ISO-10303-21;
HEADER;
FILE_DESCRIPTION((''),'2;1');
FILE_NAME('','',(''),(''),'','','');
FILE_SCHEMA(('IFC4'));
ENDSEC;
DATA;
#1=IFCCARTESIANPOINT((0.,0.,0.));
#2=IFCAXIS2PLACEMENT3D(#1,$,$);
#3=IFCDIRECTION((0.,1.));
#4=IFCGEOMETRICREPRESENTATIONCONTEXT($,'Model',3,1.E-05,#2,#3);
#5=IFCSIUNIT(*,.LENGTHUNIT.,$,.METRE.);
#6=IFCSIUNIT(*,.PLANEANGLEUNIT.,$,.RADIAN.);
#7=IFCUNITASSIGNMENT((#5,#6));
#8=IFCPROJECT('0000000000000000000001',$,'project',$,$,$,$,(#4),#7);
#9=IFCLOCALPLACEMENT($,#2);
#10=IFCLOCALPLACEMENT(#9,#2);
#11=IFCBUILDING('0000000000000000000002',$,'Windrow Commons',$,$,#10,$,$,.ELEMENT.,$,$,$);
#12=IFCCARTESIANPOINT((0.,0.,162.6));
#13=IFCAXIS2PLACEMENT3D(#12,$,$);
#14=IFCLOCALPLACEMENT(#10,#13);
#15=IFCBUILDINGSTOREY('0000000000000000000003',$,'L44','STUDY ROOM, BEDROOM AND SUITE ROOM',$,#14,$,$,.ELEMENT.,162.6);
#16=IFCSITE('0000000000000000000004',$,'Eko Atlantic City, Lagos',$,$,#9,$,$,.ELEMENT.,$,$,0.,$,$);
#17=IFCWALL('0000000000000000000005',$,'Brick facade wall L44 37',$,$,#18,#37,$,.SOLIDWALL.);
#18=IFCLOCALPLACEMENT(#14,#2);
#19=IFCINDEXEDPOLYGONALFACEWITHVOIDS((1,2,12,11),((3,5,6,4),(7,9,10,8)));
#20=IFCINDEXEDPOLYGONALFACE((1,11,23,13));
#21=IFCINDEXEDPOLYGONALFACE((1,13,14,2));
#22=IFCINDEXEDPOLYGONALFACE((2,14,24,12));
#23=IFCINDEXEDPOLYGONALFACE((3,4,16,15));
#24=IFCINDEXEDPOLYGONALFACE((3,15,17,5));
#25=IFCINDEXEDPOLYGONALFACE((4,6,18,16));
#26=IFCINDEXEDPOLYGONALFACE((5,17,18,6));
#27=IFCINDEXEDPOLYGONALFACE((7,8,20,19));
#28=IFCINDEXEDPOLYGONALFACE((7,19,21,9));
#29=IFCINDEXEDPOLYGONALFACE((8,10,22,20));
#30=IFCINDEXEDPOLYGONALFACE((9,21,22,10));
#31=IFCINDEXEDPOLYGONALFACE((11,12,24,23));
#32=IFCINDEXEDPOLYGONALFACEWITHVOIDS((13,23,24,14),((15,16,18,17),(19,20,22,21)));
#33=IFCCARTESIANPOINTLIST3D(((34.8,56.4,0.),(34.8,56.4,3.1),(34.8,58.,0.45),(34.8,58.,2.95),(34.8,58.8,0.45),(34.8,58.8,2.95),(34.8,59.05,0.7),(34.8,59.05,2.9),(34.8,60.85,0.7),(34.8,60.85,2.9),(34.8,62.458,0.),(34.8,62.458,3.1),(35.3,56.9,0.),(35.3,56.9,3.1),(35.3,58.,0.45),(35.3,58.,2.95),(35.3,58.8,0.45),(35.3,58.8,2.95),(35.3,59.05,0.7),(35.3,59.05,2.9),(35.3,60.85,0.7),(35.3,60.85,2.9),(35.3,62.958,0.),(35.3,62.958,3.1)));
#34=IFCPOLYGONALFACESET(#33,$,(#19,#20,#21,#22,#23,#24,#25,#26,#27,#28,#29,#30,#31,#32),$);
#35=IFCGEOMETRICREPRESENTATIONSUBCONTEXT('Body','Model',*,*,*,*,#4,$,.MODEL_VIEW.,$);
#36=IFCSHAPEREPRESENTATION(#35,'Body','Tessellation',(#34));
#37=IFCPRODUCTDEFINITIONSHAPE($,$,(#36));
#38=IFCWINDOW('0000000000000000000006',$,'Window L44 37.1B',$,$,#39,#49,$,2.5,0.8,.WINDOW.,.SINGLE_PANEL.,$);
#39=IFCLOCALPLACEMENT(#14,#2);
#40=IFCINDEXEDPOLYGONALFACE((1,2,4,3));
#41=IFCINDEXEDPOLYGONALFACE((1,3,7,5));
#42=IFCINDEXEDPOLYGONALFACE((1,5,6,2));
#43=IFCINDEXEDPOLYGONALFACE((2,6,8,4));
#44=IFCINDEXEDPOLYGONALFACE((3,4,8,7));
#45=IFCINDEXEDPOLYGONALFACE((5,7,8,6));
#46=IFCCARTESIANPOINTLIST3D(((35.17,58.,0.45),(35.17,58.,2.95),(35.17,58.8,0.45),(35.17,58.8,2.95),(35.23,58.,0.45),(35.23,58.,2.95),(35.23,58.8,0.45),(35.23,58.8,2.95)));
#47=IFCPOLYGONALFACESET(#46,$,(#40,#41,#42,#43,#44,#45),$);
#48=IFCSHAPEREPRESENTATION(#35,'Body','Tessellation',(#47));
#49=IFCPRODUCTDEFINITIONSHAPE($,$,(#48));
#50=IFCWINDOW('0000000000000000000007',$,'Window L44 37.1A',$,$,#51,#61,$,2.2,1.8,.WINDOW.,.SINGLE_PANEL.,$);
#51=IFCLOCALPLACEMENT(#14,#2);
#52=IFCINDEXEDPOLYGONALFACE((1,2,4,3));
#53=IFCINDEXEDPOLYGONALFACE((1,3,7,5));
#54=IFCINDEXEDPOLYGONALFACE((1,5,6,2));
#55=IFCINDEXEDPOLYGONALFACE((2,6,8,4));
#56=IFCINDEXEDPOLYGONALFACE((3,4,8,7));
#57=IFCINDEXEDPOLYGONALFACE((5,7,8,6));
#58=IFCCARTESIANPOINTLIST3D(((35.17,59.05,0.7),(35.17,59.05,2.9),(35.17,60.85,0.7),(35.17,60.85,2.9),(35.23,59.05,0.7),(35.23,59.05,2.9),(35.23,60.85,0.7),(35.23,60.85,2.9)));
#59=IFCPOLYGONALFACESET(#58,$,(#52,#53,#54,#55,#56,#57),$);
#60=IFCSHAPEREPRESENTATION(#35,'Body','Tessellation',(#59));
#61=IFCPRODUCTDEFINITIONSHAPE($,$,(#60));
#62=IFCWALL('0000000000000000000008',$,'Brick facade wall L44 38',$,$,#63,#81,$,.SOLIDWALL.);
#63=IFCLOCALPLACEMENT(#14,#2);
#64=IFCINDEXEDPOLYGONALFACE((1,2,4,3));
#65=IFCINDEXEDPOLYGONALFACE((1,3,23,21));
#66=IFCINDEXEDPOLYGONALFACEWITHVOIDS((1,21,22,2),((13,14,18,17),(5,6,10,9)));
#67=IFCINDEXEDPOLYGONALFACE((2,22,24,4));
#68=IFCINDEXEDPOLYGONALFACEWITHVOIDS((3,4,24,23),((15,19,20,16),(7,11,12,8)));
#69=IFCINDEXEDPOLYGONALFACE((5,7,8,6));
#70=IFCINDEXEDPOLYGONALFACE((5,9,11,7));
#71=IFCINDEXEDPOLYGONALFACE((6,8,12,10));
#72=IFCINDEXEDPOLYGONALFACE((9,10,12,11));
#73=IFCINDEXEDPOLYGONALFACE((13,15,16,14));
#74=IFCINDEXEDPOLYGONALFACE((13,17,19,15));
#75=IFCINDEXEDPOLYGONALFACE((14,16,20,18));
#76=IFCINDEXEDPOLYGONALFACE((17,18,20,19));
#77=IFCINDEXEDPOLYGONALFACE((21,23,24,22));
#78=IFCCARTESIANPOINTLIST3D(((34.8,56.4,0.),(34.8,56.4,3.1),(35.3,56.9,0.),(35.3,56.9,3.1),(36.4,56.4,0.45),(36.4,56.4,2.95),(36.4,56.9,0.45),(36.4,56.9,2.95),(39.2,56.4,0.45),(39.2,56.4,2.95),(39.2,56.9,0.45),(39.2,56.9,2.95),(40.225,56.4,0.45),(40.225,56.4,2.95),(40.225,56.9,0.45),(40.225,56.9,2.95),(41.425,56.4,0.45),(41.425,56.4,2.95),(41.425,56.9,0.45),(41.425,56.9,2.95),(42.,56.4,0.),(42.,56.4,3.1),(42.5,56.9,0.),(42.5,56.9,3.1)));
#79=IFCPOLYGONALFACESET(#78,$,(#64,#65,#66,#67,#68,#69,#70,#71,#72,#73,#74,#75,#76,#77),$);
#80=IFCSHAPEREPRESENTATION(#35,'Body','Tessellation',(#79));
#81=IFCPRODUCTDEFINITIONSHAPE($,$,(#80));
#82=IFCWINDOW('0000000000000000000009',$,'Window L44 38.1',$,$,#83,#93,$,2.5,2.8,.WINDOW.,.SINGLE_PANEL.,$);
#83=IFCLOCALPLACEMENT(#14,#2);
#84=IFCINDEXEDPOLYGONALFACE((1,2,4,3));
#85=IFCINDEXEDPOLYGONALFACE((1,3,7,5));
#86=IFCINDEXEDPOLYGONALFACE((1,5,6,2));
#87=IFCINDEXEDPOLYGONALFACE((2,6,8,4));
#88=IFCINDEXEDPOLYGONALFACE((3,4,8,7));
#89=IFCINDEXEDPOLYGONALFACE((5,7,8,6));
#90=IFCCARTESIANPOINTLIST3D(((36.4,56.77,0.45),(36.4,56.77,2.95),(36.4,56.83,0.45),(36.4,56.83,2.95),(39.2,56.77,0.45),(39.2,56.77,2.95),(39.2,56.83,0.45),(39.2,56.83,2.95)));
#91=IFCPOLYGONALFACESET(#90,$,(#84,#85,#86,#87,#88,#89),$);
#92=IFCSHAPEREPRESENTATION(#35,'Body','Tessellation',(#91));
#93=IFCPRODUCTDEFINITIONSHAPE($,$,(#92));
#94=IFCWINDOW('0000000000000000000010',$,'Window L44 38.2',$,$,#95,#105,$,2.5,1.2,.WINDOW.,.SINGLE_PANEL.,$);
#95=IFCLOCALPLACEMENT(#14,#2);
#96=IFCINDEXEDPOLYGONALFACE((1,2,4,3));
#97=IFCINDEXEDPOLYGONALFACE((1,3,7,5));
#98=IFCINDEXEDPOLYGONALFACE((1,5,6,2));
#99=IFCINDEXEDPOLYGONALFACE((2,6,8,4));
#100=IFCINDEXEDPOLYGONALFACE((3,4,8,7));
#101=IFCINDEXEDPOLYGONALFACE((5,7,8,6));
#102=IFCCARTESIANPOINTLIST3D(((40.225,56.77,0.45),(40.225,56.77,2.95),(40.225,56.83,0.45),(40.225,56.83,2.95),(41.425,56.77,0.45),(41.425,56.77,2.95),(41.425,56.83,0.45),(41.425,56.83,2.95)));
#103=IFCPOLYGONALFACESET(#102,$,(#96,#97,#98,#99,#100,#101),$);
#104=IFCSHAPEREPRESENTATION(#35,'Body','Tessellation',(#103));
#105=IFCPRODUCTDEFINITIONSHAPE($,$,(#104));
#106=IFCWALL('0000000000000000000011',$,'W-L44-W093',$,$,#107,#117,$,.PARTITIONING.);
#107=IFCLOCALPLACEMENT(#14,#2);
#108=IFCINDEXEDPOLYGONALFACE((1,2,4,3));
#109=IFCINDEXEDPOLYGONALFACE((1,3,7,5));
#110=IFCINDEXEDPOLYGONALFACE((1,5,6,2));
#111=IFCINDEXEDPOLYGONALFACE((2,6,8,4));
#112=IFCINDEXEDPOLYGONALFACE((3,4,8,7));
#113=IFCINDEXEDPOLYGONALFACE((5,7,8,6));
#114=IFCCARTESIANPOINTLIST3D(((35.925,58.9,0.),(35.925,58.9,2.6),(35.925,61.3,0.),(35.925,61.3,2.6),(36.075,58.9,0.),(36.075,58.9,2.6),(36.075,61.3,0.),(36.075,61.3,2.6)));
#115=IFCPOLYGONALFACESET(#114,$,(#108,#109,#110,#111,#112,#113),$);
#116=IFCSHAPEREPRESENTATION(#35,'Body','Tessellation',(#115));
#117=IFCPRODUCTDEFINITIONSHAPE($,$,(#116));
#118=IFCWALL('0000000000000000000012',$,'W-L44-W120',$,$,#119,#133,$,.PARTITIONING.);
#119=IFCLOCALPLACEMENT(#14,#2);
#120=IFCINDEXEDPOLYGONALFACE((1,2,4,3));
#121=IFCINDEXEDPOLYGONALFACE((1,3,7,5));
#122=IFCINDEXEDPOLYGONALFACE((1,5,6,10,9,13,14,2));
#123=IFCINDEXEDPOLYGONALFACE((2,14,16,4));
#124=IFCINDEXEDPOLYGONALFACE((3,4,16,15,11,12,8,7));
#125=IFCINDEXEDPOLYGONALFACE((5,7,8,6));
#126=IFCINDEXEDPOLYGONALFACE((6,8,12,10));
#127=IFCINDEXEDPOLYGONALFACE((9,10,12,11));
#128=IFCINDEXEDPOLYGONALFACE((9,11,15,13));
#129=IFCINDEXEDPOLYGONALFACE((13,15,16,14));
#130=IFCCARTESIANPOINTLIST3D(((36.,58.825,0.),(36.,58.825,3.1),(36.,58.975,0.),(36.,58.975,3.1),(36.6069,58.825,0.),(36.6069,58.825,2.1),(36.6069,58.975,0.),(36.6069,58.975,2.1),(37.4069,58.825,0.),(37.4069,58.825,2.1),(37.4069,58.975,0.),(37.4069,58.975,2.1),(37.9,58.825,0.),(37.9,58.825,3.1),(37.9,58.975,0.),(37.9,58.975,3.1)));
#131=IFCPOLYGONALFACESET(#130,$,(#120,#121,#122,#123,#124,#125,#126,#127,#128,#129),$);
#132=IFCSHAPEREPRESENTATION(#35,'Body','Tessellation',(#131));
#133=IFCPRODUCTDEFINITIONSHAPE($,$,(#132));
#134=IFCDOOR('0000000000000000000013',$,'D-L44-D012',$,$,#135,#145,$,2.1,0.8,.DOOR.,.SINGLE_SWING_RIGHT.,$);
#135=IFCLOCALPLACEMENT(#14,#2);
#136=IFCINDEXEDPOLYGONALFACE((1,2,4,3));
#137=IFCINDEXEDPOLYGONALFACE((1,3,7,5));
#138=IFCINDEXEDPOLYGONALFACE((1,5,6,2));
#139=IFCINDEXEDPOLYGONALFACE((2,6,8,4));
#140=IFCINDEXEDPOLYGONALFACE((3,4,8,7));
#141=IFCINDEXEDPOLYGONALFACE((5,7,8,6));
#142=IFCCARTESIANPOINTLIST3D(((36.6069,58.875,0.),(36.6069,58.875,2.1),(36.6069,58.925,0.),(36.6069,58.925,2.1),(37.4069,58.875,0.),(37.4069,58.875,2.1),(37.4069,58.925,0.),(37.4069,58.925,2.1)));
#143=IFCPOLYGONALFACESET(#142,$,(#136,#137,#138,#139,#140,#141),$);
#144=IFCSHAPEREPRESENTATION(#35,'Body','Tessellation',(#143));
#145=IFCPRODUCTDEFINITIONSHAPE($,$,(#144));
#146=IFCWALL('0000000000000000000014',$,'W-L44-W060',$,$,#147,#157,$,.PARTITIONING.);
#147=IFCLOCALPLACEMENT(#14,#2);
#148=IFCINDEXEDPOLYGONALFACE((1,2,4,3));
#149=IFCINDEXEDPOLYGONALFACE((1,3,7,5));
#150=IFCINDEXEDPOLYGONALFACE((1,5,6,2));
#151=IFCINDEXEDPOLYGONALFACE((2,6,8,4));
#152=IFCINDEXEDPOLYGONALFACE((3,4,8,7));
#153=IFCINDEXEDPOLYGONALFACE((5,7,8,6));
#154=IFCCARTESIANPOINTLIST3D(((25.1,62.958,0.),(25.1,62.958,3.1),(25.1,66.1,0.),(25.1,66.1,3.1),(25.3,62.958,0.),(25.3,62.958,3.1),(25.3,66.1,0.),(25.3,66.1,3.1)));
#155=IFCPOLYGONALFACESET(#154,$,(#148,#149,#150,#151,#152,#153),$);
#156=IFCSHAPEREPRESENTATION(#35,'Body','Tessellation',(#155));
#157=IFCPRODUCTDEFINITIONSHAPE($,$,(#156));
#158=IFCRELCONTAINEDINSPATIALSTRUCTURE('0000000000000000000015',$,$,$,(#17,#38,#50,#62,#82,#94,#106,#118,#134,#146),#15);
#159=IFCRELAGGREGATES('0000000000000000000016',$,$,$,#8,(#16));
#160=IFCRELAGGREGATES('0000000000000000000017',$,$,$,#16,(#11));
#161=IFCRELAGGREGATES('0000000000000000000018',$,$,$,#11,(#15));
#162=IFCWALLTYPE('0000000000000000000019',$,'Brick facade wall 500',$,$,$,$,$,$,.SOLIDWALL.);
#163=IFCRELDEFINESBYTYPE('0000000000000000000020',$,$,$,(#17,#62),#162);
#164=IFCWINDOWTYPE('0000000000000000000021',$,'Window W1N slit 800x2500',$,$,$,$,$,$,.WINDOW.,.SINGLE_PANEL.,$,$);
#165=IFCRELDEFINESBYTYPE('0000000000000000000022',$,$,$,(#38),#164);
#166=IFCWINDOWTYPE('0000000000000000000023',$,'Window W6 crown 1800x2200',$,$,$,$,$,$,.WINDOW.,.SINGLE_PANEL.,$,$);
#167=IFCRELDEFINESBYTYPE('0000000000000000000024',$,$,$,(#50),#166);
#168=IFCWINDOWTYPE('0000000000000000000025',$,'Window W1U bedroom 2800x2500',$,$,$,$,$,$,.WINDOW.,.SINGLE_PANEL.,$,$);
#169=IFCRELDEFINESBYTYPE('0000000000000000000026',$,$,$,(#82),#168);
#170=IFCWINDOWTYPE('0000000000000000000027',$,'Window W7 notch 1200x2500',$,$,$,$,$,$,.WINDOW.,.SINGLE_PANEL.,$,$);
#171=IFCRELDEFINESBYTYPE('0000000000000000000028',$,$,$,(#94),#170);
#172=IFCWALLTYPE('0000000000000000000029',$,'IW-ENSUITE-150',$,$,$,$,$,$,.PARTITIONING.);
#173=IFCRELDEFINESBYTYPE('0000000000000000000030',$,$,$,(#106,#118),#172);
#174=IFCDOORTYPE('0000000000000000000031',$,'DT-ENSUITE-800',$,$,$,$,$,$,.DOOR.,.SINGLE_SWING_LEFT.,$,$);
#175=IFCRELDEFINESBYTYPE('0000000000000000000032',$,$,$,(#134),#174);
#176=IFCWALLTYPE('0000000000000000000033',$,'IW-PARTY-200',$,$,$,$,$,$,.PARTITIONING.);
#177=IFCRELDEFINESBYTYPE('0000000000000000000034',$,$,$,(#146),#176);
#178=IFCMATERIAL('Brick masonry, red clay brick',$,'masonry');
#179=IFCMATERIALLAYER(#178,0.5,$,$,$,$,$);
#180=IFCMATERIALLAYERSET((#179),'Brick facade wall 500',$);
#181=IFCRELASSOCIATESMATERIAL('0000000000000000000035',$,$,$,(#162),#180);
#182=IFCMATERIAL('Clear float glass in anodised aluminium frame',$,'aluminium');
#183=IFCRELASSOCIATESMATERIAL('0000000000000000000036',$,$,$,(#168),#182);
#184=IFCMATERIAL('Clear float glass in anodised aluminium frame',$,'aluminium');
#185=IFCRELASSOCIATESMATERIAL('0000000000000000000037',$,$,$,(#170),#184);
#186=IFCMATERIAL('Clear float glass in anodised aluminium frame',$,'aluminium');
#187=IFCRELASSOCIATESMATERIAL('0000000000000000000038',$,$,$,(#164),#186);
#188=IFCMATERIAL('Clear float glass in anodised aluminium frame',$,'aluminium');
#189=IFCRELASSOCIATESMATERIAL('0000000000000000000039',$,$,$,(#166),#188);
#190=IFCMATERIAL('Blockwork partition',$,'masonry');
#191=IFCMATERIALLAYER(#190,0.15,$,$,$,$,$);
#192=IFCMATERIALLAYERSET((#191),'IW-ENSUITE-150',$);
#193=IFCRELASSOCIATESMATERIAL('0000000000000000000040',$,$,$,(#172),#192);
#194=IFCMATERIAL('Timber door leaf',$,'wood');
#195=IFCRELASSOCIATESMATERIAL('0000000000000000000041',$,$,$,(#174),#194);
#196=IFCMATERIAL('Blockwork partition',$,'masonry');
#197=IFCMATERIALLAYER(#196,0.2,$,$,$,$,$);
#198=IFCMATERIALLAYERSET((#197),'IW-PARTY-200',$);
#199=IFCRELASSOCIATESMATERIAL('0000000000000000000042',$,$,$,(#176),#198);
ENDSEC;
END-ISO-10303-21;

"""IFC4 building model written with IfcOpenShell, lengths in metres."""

from ifc_helpers import new_model, si_unit, direction, frame, frame_2d, origin, place, context, subcontext, project, spatial, polyline, rectangle, outline, extrude, material, layer, layer_set, type_object, element, fill, save


model = new_model("IFC4")

# Units and contexts
model_context = context("Model", 3, precision=1e-05, world=origin(), true_north=direction((0.0, 1.0)))
body_context = subcontext(model_context, "Body", "Model", "MODEL_VIEW")
ifc_project = project(units=[si_unit("LENGTHUNIT", "METRE"), si_unit("PLANEANGLEUNIT", "RADIAN")], contexts=[model_context])

# Site, building, storey
site_placement = place(None, origin())
site = spatial("IfcSite", under=ifc_project, at=site_placement, Name="Eko Atlantic City, Lagos", CompositionType="ELEMENT", RefElevation=0.0)
building_placement = place(site_placement, origin())
building = spatial("IfcBuilding", under=site, at=building_placement, Name="Windrow Commons", CompositionType="ELEMENT")
storey_placement = place(building_placement, frame((0.0, 0.0, 162.6)))
storey = spatial("IfcBuildingStorey", under=building, at=storey_placement, Name="L44", Description="STUDY ROOM, BEDROOM AND SUITE ROOM", CompositionType="ELEMENT", Elevation=162.6)

# Walls, openings, windows
ifc_material_1 = material(Name="Brick masonry, red clay brick", Category="masonry")
ifc_layer_1 = layer(ifc_material_1, 0.5)
ifc_layer_set_1 = layer_set([ifc_layer_1], Name="Brick facade wall 500")
wall_type_1 = type_object("IfcWallType", Name="Brick facade wall 500", PredefinedType="SOLIDWALL", material=ifc_layer_set_1)
ifc_material_2 = material(Name="Clear float glass in anodised aluminium frame", Category="aluminium")
window_type_1 = type_object("IfcWindowType", Name="Window W1U bedroom 2800x2500", PartitioningType="SINGLE_PANEL", PredefinedType="WINDOW", material=ifc_material_2)
ifc_material_3 = material(Name="Clear float glass in anodised aluminium frame", Category="aluminium")
window_type_2 = type_object("IfcWindowType", Name="Window W7 notch 1200x2500", PartitioningType="SINGLE_PANEL", PredefinedType="WINDOW", material=ifc_material_3)
wall_1_placement = place(storey_placement, frame((35.05, 62.708, 0.0), z_axis=(0.0, 0.0, 1.0), x_axis=(0.0, -1.0, 0.0)))
wall_1 = element("IfcWall", 1, at=wall_1_placement, inside=storey, type_object=wall_type_1, Name="Brick facade wall L44 37", PredefinedType="SOLIDWALL", context=body_context, shape_type="SweptSolid", body=[
    extrude(outline(polyline([(0.25, -0.25), (6.308, -0.25), (5.808, 0.25), (-0.25, 0.25), (0.25, -0.25)])), origin(), (0.0, 0.0, 1.0), 3.1),
])
opening_1_placement = place(wall_1_placement, frame((1.858, 0.0, 0.7)))
opening_1 = element("IfcOpeningElement", 2, at=opening_1_placement, cuts=wall_1, PredefinedType="OPENING", context=body_context, shape_type="SweptSolid", body=[
    extrude(rectangle(XDim=1.8, YDim=2.2, at=frame_2d((0.9, 1.1))), frame((0.0, 0.26, 0.0), z_axis=(0.0, -1.0, 0.0), x_axis=(1.0, 0.0, 0.0)), (0.0, 0.0, 1.0), 0.52),
])
opening_2_placement = place(wall_1_placement, frame((3.908, 0.0, 0.45)))
opening_2 = element("IfcOpeningElement", 3, at=opening_2_placement, cuts=wall_1, PredefinedType="OPENING", context=body_context, shape_type="SweptSolid", body=[
    extrude(rectangle(XDim=0.8, YDim=2.5, at=frame_2d((0.4, 1.25))), frame((0.0, 0.26, 0.0), z_axis=(0.0, -1.0, 0.0), x_axis=(1.0, 0.0, 0.0)), (0.0, 0.0, 1.0), 0.52),
])
ifc_material_4 = material(Name="Clear float glass in anodised aluminium frame", Category="aluminium")
window_type_3 = type_object("IfcWindowType", Name="Window W1N slit 800x2500", PartitioningType="SINGLE_PANEL", PredefinedType="WINDOW", material=ifc_material_4)
window_1_placement = place(opening_2_placement, origin())
window_1 = element("IfcWindow", 4, at=window_1_placement, inside=storey, type_object=window_type_3, Name="Window L44 37.1B", OverallHeight=2.5, OverallWidth=0.8, PartitioningType="SINGLE_PANEL", PredefinedType="WINDOW", context=body_context, shape_type="SweptSolid", body=[
    extrude(rectangle(XDim=0.8, YDim=2.5, at=frame_2d((0.4, 1.25))), frame((0.0, 0.18, 0.0), z_axis=(0.0, -1.0, 0.0), x_axis=(1.0, 0.0, 0.0)), (0.0, 0.0, 1.0), 0.06),
])
fill(opening_2, window_1)
ifc_material_5 = material(Name="Clear float glass in anodised aluminium frame", Category="aluminium")
window_type_4 = type_object("IfcWindowType", Name="Window W6 crown 1800x2200", PartitioningType="SINGLE_PANEL", PredefinedType="WINDOW", material=ifc_material_5)
window_2_placement = place(opening_1_placement, origin())
window_2 = element("IfcWindow", 5, at=window_2_placement, inside=storey, type_object=window_type_4, Name="Window L44 37.1A", OverallHeight=2.2, OverallWidth=1.8, PartitioningType="SINGLE_PANEL", PredefinedType="WINDOW", context=body_context, shape_type="SweptSolid", body=[
    extrude(rectangle(XDim=1.8, YDim=2.2, at=frame_2d((0.9, 1.1))), frame((0.0, 0.18, 0.0), z_axis=(0.0, -1.0, 0.0), x_axis=(1.0, 0.0, 0.0)), (0.0, 0.0, 1.0), 0.06),
])
fill(opening_1, window_2)
wall_2_placement = place(storey_placement, frame((35.05, 56.65, 0.0), z_axis=(0.0, 0.0, 1.0), x_axis=(1.0, 0.0, 0.0)))
wall_2 = element("IfcWall", 6, at=wall_2_placement, inside=storey, type_object=wall_type_1, Name="Brick facade wall L44 38", PredefinedType="SOLIDWALL", context=body_context, shape_type="SweptSolid", body=[
    extrude(outline(polyline([(-0.25, -0.25), (6.95, -0.25), (7.45, 0.25), (0.25, 0.25), (-0.25, -0.25)])), origin(), (0.0, 0.0, 1.0), 3.1),
])
opening_3_placement = place(wall_2_placement, frame((1.35, 0.0, 0.45)))
opening_3 = element("IfcOpeningElement", 7, at=opening_3_placement, cuts=wall_2, PredefinedType="OPENING", context=body_context, shape_type="SweptSolid", body=[
    extrude(rectangle(XDim=2.8, YDim=2.5, at=frame_2d((1.4, 1.25))), frame((0.0, 0.26, 0.0), z_axis=(0.0, -1.0, 0.0), x_axis=(1.0, 0.0, 0.0)), (0.0, 0.0, 1.0), 0.52),
])
opening_4_placement = place(wall_2_placement, frame((5.175, 0.0, 0.45)))
opening_4 = element("IfcOpeningElement", 8, at=opening_4_placement, cuts=wall_2, PredefinedType="OPENING", context=body_context, shape_type="SweptSolid", body=[
    extrude(rectangle(XDim=1.2, YDim=2.5, at=frame_2d((0.6, 1.25))), frame((0.0, 0.26, 0.0), z_axis=(0.0, -1.0, 0.0), x_axis=(1.0, 0.0, 0.0)), (0.0, 0.0, 1.0), 0.52),
])
window_3_placement = place(opening_3_placement, origin())
window_3 = element("IfcWindow", 9, at=window_3_placement, inside=storey, type_object=window_type_1, Name="Window L44 38.1", OverallHeight=2.5, OverallWidth=2.8, PartitioningType="SINGLE_PANEL", PredefinedType="WINDOW", context=body_context, shape_type="SweptSolid", body=[
    extrude(rectangle(XDim=2.8, YDim=2.5, at=frame_2d((1.4, 1.25))), frame((0.0, 0.18, 0.0), z_axis=(0.0, -1.0, 0.0), x_axis=(1.0, 0.0, 0.0)), (0.0, 0.0, 1.0), 0.06),
])
fill(opening_3, window_3)
window_4_placement = place(opening_4_placement, origin())
window_4 = element("IfcWindow", 10, at=window_4_placement, inside=storey, type_object=window_type_2, Name="Window L44 38.2", OverallHeight=2.5, OverallWidth=1.2, PartitioningType="SINGLE_PANEL", PredefinedType="WINDOW", context=body_context, shape_type="SweptSolid", body=[
    extrude(rectangle(XDim=1.2, YDim=2.5, at=frame_2d((0.6, 1.25))), frame((0.0, 0.18, 0.0), z_axis=(0.0, -1.0, 0.0), x_axis=(1.0, 0.0, 0.0)), (0.0, 0.0, 1.0), 0.06),
])
fill(opening_4, window_4)

# Wall
ifc_material_6 = material(Name="Blockwork partition", Category="masonry")
ifc_layer_2 = layer(ifc_material_6, 0.15)
ifc_layer_set_2 = layer_set([ifc_layer_2], Name="IW-ENSUITE-150")
wall_type_2 = type_object("IfcWallType", Name="IW-ENSUITE-150", PredefinedType="PARTITIONING", material=ifc_layer_set_2)
wall_3_placement = place(storey_placement, frame((36.0, 58.9, 0.0), z_axis=(0.0, 0.0, 1.0), x_axis=(0.0, 1.0, 0.0)))
element("IfcWall", 11, at=wall_3_placement, inside=storey, type_object=wall_type_2, Name="W-L44-W093", PredefinedType="PARTITIONING", context=body_context, shape_type="SweptSolid", body=[
    extrude(rectangle(XDim=2.4, YDim=0.15, at=frame_2d((1.2, 0.0))), origin(), (0.0, 0.0, 1.0), 2.6),
])

# Wall, opening, door
wall_4_placement = place(storey_placement, frame((36.0, 58.9, 0.0), z_axis=(0.0, 0.0, 1.0), x_axis=(1.0, 0.0, 0.0)))
wall_4 = element("IfcWall", 12, at=wall_4_placement, inside=storey, type_object=wall_type_2, Name="W-L44-W120", PredefinedType="PARTITIONING", context=body_context, shape_type="SweptSolid", body=[
    extrude(rectangle(XDim=1.9, YDim=0.15, at=frame_2d((0.95, 0.0))), origin(), (0.0, 0.0, 1.0), 3.1),
])
opening_5_placement = place(wall_4_placement, frame((0.6069, 0.0, 0.0)))
opening_5 = element("IfcOpeningElement", 13, at=opening_5_placement, cuts=wall_4, PredefinedType="OPENING", context=body_context, shape_type="SweptSolid", body=[
    extrude(rectangle(XDim=0.8, YDim=2.1, at=frame_2d((0.4, 1.05))), frame((0.0, 0.085, 0.0), z_axis=(0.0, -1.0, 0.0), x_axis=(1.0, 0.0, 0.0)), (0.0, 0.0, 1.0), 0.17),
])
ifc_material_7 = material(Name="Timber door leaf", Category="wood")
door_type = type_object("IfcDoorType", Name="DT-ENSUITE-800", OperationType="SINGLE_SWING_LEFT", PredefinedType="DOOR", material=ifc_material_7)
door_placement = place(opening_5_placement, origin())
door = element("IfcDoor", 14, at=door_placement, inside=storey, type_object=door_type, Name="D-L44-D012", OperationType="SINGLE_SWING_RIGHT", OverallHeight=2.1, OverallWidth=0.8, PredefinedType="DOOR", context=body_context, shape_type="SweptSolid", body=[
    extrude(rectangle(XDim=0.8, YDim=2.1, at=frame_2d((0.4, 1.05))), frame((0.0, 0.025, 0.0), z_axis=(0.0, -1.0, 0.0), x_axis=(1.0, 0.0, 0.0)), (0.0, 0.0, 1.0), 0.05),
])
fill(opening_5, door)

# Wall
ifc_material_8 = material(Name="Blockwork partition", Category="masonry")
ifc_layer_3 = layer(ifc_material_8, 0.2)
ifc_layer_set_3 = layer_set([ifc_layer_3], Name="IW-PARTY-200")
wall_type_3 = type_object("IfcWallType", Name="IW-PARTY-200", PredefinedType="PARTITIONING", material=ifc_layer_set_3)
for number, where, z_axis, x_axis, name in (
    (15, (25.2, 62.958, 0.0), (0.0, 0.0, 1.0), (0.0, 1.0, 0.0), "W-L44-W060"),
):
    element("IfcWall", number, at=place(storey_placement, frame(where, z_axis=z_axis, x_axis=x_axis)), inside=storey, type_object=wall_type_3, Name=name, PredefinedType="PARTITIONING", context=body_context, shape_type="SweptSolid", body=[
        extrude(rectangle(XDim=3.142, YDim=0.2, at=frame_2d((1.571, 0.0))), origin(), (0.0, 0.0, 1.0), 3.1),
    ])

save(model, "model.ifc")
